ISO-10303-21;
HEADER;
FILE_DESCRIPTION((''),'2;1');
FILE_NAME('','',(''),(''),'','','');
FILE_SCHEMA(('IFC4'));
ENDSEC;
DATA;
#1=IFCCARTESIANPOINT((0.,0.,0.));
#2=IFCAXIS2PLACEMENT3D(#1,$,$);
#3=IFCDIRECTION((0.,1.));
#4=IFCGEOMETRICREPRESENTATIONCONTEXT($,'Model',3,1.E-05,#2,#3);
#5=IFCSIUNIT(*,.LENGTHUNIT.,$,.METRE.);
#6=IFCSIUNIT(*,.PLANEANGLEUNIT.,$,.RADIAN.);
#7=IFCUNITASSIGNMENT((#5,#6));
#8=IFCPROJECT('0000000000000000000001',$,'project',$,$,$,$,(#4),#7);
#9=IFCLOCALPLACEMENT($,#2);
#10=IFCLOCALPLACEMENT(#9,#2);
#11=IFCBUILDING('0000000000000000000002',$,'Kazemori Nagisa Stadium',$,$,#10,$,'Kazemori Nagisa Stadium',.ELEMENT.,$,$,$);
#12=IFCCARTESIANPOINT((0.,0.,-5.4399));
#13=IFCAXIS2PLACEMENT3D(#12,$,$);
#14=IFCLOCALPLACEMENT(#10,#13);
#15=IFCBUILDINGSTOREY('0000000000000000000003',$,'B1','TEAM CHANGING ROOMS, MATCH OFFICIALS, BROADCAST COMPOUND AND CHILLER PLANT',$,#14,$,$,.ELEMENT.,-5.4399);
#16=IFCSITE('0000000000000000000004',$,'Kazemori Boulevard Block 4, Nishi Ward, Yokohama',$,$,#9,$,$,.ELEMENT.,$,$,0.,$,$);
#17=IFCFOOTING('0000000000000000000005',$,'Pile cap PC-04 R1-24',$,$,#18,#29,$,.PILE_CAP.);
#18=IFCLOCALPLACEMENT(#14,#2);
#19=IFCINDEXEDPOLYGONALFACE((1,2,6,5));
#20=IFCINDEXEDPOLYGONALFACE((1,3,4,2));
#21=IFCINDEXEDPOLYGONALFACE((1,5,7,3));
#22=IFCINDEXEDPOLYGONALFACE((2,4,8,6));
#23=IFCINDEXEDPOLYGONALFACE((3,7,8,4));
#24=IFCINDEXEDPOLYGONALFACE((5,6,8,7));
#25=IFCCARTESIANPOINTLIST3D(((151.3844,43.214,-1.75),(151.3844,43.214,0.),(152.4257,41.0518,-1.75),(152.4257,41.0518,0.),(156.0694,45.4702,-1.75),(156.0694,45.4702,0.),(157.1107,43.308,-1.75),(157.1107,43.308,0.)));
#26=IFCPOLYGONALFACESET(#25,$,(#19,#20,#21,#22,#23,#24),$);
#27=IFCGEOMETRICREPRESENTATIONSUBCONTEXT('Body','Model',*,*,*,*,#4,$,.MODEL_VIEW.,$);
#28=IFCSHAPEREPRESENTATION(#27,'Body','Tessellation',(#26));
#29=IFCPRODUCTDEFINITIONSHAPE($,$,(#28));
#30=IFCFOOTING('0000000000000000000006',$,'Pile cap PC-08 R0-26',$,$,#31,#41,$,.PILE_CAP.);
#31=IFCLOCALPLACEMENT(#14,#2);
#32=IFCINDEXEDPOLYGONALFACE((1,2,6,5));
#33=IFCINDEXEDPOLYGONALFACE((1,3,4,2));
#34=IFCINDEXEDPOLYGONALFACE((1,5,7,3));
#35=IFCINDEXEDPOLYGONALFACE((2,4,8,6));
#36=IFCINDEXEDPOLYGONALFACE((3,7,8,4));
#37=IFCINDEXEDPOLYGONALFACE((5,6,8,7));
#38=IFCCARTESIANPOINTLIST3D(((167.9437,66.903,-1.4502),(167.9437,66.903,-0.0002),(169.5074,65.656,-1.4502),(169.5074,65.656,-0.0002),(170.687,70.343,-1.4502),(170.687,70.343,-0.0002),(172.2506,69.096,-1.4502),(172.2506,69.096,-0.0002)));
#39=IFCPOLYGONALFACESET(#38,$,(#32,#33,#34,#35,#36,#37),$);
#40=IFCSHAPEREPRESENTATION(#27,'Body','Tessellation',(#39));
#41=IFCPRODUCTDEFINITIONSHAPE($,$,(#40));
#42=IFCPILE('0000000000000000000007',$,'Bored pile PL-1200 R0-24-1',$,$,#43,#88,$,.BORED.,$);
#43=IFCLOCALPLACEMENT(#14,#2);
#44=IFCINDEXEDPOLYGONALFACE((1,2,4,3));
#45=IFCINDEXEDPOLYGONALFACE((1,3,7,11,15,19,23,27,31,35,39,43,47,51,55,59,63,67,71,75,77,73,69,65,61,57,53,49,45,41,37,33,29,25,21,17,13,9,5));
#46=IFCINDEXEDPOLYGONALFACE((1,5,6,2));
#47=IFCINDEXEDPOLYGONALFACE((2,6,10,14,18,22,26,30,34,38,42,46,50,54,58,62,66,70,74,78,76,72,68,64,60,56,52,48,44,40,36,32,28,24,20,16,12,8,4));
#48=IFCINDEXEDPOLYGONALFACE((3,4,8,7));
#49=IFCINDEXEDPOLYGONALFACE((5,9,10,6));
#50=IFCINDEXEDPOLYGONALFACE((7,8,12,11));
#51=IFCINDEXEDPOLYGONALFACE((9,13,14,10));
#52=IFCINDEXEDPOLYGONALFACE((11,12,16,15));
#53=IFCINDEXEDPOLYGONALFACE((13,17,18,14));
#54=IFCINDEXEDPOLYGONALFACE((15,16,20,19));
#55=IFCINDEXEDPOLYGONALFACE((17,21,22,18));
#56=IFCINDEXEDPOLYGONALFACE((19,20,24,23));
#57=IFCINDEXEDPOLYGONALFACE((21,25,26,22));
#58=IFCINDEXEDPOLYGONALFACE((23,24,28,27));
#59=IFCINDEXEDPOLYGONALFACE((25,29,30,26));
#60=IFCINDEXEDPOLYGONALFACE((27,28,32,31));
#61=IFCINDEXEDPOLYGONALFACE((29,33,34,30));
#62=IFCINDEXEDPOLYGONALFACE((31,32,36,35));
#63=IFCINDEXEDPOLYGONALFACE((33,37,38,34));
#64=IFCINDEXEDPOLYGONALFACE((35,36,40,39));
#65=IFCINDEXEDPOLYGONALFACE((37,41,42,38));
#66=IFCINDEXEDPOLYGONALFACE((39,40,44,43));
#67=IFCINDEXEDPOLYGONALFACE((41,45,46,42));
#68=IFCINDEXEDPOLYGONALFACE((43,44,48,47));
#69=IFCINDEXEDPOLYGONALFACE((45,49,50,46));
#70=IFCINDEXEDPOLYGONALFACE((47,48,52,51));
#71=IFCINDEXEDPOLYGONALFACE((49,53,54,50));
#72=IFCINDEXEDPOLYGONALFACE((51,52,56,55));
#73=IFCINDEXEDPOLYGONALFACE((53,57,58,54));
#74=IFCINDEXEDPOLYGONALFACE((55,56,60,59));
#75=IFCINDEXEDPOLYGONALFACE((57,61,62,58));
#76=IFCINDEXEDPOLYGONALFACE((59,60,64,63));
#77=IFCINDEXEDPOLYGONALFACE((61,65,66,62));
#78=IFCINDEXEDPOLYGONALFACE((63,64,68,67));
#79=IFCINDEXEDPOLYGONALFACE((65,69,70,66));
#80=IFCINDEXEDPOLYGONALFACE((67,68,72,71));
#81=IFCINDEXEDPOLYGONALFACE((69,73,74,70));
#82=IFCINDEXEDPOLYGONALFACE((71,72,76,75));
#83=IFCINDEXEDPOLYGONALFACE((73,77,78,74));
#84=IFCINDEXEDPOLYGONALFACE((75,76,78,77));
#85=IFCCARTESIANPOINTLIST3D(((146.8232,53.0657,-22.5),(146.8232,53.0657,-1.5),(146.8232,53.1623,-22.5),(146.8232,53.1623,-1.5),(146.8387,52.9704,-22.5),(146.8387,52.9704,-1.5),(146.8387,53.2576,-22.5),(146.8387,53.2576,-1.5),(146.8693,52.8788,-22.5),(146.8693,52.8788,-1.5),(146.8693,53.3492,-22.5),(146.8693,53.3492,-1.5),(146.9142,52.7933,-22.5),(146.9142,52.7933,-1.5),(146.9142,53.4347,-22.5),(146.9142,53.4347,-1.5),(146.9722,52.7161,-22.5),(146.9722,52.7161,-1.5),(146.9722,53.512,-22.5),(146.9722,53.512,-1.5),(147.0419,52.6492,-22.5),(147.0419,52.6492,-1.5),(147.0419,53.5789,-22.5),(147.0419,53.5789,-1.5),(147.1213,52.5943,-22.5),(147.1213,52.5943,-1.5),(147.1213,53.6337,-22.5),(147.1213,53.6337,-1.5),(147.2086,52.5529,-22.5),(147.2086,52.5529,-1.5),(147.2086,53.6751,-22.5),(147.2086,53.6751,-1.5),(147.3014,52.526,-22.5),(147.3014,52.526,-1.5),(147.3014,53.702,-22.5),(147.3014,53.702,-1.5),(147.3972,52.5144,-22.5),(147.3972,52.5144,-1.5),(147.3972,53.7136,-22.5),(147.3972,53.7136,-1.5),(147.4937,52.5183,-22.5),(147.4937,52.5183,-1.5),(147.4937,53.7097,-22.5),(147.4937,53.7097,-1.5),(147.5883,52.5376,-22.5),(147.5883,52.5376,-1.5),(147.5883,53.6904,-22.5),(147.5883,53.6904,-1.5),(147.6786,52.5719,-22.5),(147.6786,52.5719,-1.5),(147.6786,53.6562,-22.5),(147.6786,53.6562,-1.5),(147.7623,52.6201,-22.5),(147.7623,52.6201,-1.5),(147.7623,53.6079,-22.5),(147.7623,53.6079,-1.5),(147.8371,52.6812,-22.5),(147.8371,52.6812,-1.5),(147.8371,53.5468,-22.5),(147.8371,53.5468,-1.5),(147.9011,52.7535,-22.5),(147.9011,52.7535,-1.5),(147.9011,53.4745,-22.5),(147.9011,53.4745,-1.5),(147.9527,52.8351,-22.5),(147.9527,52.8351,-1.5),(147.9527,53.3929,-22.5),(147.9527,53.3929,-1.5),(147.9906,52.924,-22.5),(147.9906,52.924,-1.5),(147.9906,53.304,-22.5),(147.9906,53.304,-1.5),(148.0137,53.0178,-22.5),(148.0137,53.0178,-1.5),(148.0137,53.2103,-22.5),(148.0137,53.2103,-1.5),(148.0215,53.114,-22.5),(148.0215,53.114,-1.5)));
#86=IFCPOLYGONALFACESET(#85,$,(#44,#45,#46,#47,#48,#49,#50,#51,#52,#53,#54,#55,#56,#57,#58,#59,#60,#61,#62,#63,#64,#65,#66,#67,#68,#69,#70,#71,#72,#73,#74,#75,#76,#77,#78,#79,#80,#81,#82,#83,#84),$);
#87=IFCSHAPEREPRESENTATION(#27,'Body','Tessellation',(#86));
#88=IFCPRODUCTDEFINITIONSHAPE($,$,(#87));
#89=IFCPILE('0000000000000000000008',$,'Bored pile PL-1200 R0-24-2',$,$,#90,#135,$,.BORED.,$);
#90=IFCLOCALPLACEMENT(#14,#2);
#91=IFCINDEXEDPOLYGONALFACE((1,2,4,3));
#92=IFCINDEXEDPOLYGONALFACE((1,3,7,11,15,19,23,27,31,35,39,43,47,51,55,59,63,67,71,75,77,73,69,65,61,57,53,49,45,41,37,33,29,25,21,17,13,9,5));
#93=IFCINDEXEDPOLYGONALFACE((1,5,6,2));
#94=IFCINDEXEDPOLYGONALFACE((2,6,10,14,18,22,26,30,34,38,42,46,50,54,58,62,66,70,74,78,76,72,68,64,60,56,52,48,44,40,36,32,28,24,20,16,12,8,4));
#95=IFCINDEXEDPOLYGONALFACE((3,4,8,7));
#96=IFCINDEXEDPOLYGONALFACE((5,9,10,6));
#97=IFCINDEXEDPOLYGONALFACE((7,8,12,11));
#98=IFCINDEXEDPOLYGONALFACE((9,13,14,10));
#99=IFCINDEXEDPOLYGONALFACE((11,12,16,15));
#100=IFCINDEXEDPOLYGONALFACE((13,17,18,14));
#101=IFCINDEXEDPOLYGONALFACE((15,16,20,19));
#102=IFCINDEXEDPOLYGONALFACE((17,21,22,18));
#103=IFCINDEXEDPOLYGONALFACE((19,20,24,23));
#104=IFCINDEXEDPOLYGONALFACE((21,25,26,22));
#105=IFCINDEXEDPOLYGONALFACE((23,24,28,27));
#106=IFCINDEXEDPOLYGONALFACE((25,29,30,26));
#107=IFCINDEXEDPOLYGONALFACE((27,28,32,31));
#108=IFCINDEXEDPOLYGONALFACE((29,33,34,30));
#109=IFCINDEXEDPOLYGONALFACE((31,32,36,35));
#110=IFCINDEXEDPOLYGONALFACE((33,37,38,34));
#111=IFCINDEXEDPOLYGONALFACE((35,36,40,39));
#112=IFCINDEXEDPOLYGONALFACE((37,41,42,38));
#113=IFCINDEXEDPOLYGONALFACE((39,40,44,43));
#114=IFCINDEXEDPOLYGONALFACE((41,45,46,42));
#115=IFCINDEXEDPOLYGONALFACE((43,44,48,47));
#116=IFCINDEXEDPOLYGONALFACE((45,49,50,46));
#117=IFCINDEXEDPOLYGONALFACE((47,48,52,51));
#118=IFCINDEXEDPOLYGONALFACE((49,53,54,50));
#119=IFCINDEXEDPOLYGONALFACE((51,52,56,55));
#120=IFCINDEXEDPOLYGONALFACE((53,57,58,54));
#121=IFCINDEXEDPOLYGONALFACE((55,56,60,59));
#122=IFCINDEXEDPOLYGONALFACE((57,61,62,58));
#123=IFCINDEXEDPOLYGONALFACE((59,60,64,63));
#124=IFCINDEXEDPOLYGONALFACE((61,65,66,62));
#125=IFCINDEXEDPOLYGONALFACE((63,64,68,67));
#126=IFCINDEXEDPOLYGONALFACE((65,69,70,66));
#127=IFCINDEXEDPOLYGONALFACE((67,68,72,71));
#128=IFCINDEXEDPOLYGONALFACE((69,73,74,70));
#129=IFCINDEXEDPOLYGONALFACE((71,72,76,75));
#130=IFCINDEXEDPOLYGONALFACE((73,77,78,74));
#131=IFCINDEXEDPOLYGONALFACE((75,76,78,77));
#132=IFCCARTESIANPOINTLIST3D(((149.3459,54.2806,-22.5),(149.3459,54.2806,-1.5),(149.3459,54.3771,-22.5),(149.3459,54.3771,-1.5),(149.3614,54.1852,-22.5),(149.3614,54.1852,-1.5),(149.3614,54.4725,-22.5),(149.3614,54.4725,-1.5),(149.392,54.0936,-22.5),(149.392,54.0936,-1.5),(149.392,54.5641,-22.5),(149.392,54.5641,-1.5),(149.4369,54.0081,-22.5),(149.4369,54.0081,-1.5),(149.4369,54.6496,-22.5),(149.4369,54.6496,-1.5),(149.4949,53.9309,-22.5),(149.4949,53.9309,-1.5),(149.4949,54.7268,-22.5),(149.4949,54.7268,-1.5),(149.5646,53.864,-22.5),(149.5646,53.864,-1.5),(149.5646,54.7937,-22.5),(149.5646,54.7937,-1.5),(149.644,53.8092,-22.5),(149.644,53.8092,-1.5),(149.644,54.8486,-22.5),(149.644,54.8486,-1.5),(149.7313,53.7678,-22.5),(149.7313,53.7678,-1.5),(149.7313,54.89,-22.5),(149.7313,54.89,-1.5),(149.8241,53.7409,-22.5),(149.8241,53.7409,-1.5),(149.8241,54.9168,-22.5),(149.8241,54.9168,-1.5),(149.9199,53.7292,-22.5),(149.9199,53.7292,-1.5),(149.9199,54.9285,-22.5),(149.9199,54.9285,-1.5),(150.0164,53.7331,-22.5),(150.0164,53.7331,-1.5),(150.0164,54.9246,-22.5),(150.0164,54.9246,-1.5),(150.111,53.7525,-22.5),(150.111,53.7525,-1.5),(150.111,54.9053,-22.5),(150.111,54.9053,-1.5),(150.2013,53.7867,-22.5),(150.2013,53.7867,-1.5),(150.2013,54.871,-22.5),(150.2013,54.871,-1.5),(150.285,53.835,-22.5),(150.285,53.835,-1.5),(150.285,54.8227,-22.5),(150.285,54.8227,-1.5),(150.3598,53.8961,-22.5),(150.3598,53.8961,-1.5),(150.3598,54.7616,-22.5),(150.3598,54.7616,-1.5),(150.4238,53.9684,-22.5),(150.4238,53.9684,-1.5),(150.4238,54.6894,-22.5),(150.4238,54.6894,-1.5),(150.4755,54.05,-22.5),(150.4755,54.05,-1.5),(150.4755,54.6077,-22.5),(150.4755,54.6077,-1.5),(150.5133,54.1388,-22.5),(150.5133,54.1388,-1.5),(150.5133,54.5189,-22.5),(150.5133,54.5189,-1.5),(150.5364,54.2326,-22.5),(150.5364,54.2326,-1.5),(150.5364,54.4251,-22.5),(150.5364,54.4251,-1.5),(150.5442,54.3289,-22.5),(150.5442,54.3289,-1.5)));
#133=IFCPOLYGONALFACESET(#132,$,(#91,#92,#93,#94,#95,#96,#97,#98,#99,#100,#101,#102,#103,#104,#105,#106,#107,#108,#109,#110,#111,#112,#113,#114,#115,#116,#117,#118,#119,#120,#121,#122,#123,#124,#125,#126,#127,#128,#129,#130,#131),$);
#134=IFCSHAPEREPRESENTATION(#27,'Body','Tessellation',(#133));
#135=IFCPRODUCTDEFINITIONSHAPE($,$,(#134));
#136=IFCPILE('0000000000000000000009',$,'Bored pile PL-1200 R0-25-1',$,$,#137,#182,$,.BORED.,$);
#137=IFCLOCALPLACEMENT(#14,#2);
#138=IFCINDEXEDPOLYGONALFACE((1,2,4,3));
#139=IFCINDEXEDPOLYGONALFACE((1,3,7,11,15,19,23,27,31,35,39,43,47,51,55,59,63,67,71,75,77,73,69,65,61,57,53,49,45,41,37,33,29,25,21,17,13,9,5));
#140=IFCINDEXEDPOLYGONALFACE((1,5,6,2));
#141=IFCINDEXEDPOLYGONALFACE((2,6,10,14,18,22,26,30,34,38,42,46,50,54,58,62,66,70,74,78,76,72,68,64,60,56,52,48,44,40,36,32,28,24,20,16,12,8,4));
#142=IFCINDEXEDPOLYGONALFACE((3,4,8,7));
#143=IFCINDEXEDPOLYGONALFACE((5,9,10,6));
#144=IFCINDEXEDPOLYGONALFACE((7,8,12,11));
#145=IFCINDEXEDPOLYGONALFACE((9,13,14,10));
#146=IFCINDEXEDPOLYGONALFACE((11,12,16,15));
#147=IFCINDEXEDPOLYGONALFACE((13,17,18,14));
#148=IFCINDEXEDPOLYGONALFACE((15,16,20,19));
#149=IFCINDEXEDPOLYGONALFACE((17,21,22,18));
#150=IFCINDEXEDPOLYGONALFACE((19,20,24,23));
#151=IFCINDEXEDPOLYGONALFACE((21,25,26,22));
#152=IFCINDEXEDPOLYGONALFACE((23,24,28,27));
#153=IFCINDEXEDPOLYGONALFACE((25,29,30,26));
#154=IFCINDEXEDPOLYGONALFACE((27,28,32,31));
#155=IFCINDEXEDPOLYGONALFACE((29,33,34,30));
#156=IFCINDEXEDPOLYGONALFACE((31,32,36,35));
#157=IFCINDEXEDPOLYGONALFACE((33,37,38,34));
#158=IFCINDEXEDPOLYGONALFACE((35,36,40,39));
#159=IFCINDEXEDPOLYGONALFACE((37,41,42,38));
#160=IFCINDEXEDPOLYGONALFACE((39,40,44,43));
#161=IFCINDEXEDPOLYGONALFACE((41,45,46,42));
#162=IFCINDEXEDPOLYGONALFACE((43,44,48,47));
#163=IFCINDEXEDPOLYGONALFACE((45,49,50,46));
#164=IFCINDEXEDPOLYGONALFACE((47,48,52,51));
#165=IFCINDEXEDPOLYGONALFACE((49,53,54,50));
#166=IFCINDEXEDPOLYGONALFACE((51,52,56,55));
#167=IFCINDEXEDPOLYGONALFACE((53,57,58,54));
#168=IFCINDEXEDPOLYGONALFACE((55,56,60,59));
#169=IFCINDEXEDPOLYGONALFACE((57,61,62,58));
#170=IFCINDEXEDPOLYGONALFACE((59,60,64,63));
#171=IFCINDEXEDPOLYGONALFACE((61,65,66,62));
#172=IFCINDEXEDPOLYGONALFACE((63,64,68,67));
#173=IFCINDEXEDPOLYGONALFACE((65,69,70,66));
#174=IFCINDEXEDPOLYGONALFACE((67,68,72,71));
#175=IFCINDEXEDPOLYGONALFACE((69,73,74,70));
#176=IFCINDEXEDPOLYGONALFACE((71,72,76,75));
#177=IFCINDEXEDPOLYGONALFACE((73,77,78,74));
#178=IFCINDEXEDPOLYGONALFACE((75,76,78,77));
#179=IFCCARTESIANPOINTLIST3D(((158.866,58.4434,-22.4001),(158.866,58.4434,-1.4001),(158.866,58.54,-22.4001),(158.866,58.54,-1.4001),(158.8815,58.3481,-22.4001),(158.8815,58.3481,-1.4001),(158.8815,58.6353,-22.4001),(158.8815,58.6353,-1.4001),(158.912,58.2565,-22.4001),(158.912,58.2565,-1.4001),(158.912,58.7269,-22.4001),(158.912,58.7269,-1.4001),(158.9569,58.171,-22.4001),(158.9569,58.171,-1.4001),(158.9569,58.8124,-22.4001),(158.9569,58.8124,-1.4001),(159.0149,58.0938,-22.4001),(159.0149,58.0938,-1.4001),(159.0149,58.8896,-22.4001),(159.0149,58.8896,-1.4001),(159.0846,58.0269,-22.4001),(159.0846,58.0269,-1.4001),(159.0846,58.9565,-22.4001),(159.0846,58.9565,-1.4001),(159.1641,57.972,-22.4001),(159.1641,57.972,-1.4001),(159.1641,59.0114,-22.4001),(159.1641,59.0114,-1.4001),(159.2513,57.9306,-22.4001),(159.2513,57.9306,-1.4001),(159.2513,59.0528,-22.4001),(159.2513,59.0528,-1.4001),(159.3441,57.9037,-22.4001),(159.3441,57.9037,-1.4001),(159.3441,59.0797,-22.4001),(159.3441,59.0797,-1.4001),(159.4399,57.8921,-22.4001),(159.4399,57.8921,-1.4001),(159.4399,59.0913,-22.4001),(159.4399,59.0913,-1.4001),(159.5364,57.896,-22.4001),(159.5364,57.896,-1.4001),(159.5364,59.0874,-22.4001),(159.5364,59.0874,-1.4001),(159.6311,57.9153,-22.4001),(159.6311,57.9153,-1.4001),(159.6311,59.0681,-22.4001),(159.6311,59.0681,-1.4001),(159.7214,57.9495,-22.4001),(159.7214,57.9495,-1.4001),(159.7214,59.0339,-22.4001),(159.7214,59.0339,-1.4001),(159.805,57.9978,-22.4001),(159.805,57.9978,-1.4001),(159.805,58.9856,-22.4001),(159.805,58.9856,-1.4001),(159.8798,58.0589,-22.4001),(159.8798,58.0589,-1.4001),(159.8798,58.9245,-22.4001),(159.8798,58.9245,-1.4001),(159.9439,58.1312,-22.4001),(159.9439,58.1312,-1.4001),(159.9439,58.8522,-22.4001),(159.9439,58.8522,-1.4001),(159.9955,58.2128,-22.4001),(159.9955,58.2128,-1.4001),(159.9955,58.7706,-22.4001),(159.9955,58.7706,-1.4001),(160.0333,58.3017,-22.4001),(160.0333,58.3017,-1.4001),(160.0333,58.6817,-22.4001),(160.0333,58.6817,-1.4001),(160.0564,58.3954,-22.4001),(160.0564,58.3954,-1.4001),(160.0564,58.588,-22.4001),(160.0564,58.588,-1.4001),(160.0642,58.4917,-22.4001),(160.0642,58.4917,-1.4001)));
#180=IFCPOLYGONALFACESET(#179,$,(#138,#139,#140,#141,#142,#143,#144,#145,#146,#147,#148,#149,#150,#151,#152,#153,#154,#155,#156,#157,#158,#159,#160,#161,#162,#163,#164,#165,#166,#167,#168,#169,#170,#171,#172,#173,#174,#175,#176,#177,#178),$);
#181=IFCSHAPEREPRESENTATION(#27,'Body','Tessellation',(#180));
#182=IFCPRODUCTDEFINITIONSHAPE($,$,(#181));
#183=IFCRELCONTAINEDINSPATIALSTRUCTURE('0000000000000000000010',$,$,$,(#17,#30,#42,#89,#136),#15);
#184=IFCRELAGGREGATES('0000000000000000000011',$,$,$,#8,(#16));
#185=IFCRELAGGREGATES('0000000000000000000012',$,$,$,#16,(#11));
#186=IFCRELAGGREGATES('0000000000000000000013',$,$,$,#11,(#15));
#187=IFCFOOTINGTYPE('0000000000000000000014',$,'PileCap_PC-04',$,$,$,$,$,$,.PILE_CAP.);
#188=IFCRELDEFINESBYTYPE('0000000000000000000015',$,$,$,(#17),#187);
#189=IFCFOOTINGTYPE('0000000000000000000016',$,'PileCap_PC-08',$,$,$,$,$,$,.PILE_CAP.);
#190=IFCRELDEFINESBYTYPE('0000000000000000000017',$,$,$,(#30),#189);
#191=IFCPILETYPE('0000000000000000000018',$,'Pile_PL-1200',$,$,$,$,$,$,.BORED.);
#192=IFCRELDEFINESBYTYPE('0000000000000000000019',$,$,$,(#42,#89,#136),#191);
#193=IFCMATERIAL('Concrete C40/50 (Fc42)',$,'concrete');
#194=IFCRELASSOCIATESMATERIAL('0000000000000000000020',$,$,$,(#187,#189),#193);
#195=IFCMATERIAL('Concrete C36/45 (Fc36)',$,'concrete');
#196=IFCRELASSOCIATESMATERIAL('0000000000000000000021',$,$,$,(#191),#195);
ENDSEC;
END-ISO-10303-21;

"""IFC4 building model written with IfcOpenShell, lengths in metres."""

from ifc_helpers import new_model, si_unit, direction, frame, origin, origin_2d, place, context, subcontext, project, spatial, rectangle, circle, extrude, material, material_profile, profile_set, type_object, element, save


model = new_model("IFC4")

# Units and contexts
model_context = context("Model", 3, precision=1e-05, world=origin(), true_north=direction((0.0, 1.0)))
body_context = subcontext(model_context, "Body", "Model", "MODEL_VIEW")
ifc_project = project(units=[si_unit("LENGTHUNIT", "METRE"), si_unit("PLANEANGLEUNIT", "RADIAN")], contexts=[model_context])

# Site, building, storey
site_placement = place(None, origin())
site = spatial("IfcSite", under=ifc_project, at=site_placement, Name="Kazemori Boulevard Block 4, Nishi Ward, Yokohama", CompositionType="ELEMENT", RefElevation=0.0)
building_placement = place(site_placement, origin())
building = spatial("IfcBuilding", under=site, at=building_placement, Name="Kazemori Nagisa Stadium", LongName="Kazemori Nagisa Stadium", CompositionType="ELEMENT")
storey_placement = place(building_placement, frame((0.0, 0.0, -5.4399)))
storey = spatial("IfcBuildingStorey", under=building, at=storey_placement, Name="B1", Description="TEAM CHANGING ROOMS, MATCH OFFICIALS, BROADCAST COMPOUND AND CHILLER PLANT", CompositionType="ELEMENT", Elevation=-5.4399)

# Footings
ifc_material_1 = material(Name="Concrete C40/50 (Fc42)", Category="concrete")
footing_type_1 = type_object("IfcFootingType", Name="PileCap_PC-04", PredefinedType="PILE_CAP", material=ifc_material_1)
footing_1_placement = place(storey_placement, frame((154.2476, 43.261, -1.75), z_axis=(0.0, 0.0, 1.0), x_axis=(0.900969, 0.433884, 0.0)))
element("IfcFooting", 1, at=footing_1_placement, inside=storey, type_object=footing_type_1, Name="Pile cap PC-04 R1-24", PredefinedType="PILE_CAP", context=body_context, shape_type="SweptSolid", body=[
    extrude(rectangle(XDim=5.2, YDim=2.3999, at=origin_2d()), origin(), (0.0, 0.0, 1.0), 1.75),
])
footing_type_2 = type_object("IfcFootingType", Name="PileCap_PC-08", PredefinedType="PILE_CAP", material=ifc_material_1)
footing_2_placement = place(storey_placement, frame((170.0972, 67.9995, -1.4502), z_axis=(0.0, 0.0, 1.0), x_axis=(0.62349, 0.781831, 0.0)))
element("IfcFooting", 2, at=footing_2_placement, inside=storey, type_object=footing_type_2, Name="Pile cap PC-08 R0-26", PredefinedType="PILE_CAP", context=body_context, shape_type="SweptSolid", body=[
    extrude(rectangle(XDim=4.3999, YDim=2.0, at=origin_2d()), origin(), (0.0, 0.0, 1.0), 1.45),
])

# Piles
ifc_material_2 = material(Name="Concrete C36/45 (Fc36)", Category="concrete")
ifc_material_profile_1 = material_profile(ifc_material_2, circle(Radius=0.6001, at=origin_2d()), Name="PILE-D1200")
ifc_profile_set_1 = profile_set([ifc_material_profile_1], Name="Concrete C36/45 (Fc36)")
pile_type = type_object("IfcPileType", Name="Pile_PL-1200", PredefinedType="BORED", material=ifc_profile_set_1)
for number, where, z_axis, x_axis, name in (
    (3, (147.4214, 53.114, -1.5), (0.0, 0.0, -1.0), (1.0, 0.0, 0.0), "Bored pile PL-1200 R0-24-1"),
    (4, (149.9441, 54.3289, -1.5), (0.0, 0.0, -1.0), (1.0, 0.0, 0.0), "Bored pile PL-1200 R0-24-2"),
    (5, (159.4641, 58.4917, -1.4001), (0.0, 0.0, -1.0), (1.0, 0.0, 0.0), "Bored pile PL-1200 R0-25-1"),
):
    element("IfcPile", number, at=place(storey_placement, frame(where, z_axis=z_axis, x_axis=x_axis)), inside=storey, type_object=pile_type, Name=name, PredefinedType="BORED", context=body_context, shape_type="SweptSolid", body=[
        extrude(circle(Radius=0.6001, at=origin_2d()), origin(), (0.0, 0.0, 1.0), 21.0),
    ])

save(model, "model.ifc")
